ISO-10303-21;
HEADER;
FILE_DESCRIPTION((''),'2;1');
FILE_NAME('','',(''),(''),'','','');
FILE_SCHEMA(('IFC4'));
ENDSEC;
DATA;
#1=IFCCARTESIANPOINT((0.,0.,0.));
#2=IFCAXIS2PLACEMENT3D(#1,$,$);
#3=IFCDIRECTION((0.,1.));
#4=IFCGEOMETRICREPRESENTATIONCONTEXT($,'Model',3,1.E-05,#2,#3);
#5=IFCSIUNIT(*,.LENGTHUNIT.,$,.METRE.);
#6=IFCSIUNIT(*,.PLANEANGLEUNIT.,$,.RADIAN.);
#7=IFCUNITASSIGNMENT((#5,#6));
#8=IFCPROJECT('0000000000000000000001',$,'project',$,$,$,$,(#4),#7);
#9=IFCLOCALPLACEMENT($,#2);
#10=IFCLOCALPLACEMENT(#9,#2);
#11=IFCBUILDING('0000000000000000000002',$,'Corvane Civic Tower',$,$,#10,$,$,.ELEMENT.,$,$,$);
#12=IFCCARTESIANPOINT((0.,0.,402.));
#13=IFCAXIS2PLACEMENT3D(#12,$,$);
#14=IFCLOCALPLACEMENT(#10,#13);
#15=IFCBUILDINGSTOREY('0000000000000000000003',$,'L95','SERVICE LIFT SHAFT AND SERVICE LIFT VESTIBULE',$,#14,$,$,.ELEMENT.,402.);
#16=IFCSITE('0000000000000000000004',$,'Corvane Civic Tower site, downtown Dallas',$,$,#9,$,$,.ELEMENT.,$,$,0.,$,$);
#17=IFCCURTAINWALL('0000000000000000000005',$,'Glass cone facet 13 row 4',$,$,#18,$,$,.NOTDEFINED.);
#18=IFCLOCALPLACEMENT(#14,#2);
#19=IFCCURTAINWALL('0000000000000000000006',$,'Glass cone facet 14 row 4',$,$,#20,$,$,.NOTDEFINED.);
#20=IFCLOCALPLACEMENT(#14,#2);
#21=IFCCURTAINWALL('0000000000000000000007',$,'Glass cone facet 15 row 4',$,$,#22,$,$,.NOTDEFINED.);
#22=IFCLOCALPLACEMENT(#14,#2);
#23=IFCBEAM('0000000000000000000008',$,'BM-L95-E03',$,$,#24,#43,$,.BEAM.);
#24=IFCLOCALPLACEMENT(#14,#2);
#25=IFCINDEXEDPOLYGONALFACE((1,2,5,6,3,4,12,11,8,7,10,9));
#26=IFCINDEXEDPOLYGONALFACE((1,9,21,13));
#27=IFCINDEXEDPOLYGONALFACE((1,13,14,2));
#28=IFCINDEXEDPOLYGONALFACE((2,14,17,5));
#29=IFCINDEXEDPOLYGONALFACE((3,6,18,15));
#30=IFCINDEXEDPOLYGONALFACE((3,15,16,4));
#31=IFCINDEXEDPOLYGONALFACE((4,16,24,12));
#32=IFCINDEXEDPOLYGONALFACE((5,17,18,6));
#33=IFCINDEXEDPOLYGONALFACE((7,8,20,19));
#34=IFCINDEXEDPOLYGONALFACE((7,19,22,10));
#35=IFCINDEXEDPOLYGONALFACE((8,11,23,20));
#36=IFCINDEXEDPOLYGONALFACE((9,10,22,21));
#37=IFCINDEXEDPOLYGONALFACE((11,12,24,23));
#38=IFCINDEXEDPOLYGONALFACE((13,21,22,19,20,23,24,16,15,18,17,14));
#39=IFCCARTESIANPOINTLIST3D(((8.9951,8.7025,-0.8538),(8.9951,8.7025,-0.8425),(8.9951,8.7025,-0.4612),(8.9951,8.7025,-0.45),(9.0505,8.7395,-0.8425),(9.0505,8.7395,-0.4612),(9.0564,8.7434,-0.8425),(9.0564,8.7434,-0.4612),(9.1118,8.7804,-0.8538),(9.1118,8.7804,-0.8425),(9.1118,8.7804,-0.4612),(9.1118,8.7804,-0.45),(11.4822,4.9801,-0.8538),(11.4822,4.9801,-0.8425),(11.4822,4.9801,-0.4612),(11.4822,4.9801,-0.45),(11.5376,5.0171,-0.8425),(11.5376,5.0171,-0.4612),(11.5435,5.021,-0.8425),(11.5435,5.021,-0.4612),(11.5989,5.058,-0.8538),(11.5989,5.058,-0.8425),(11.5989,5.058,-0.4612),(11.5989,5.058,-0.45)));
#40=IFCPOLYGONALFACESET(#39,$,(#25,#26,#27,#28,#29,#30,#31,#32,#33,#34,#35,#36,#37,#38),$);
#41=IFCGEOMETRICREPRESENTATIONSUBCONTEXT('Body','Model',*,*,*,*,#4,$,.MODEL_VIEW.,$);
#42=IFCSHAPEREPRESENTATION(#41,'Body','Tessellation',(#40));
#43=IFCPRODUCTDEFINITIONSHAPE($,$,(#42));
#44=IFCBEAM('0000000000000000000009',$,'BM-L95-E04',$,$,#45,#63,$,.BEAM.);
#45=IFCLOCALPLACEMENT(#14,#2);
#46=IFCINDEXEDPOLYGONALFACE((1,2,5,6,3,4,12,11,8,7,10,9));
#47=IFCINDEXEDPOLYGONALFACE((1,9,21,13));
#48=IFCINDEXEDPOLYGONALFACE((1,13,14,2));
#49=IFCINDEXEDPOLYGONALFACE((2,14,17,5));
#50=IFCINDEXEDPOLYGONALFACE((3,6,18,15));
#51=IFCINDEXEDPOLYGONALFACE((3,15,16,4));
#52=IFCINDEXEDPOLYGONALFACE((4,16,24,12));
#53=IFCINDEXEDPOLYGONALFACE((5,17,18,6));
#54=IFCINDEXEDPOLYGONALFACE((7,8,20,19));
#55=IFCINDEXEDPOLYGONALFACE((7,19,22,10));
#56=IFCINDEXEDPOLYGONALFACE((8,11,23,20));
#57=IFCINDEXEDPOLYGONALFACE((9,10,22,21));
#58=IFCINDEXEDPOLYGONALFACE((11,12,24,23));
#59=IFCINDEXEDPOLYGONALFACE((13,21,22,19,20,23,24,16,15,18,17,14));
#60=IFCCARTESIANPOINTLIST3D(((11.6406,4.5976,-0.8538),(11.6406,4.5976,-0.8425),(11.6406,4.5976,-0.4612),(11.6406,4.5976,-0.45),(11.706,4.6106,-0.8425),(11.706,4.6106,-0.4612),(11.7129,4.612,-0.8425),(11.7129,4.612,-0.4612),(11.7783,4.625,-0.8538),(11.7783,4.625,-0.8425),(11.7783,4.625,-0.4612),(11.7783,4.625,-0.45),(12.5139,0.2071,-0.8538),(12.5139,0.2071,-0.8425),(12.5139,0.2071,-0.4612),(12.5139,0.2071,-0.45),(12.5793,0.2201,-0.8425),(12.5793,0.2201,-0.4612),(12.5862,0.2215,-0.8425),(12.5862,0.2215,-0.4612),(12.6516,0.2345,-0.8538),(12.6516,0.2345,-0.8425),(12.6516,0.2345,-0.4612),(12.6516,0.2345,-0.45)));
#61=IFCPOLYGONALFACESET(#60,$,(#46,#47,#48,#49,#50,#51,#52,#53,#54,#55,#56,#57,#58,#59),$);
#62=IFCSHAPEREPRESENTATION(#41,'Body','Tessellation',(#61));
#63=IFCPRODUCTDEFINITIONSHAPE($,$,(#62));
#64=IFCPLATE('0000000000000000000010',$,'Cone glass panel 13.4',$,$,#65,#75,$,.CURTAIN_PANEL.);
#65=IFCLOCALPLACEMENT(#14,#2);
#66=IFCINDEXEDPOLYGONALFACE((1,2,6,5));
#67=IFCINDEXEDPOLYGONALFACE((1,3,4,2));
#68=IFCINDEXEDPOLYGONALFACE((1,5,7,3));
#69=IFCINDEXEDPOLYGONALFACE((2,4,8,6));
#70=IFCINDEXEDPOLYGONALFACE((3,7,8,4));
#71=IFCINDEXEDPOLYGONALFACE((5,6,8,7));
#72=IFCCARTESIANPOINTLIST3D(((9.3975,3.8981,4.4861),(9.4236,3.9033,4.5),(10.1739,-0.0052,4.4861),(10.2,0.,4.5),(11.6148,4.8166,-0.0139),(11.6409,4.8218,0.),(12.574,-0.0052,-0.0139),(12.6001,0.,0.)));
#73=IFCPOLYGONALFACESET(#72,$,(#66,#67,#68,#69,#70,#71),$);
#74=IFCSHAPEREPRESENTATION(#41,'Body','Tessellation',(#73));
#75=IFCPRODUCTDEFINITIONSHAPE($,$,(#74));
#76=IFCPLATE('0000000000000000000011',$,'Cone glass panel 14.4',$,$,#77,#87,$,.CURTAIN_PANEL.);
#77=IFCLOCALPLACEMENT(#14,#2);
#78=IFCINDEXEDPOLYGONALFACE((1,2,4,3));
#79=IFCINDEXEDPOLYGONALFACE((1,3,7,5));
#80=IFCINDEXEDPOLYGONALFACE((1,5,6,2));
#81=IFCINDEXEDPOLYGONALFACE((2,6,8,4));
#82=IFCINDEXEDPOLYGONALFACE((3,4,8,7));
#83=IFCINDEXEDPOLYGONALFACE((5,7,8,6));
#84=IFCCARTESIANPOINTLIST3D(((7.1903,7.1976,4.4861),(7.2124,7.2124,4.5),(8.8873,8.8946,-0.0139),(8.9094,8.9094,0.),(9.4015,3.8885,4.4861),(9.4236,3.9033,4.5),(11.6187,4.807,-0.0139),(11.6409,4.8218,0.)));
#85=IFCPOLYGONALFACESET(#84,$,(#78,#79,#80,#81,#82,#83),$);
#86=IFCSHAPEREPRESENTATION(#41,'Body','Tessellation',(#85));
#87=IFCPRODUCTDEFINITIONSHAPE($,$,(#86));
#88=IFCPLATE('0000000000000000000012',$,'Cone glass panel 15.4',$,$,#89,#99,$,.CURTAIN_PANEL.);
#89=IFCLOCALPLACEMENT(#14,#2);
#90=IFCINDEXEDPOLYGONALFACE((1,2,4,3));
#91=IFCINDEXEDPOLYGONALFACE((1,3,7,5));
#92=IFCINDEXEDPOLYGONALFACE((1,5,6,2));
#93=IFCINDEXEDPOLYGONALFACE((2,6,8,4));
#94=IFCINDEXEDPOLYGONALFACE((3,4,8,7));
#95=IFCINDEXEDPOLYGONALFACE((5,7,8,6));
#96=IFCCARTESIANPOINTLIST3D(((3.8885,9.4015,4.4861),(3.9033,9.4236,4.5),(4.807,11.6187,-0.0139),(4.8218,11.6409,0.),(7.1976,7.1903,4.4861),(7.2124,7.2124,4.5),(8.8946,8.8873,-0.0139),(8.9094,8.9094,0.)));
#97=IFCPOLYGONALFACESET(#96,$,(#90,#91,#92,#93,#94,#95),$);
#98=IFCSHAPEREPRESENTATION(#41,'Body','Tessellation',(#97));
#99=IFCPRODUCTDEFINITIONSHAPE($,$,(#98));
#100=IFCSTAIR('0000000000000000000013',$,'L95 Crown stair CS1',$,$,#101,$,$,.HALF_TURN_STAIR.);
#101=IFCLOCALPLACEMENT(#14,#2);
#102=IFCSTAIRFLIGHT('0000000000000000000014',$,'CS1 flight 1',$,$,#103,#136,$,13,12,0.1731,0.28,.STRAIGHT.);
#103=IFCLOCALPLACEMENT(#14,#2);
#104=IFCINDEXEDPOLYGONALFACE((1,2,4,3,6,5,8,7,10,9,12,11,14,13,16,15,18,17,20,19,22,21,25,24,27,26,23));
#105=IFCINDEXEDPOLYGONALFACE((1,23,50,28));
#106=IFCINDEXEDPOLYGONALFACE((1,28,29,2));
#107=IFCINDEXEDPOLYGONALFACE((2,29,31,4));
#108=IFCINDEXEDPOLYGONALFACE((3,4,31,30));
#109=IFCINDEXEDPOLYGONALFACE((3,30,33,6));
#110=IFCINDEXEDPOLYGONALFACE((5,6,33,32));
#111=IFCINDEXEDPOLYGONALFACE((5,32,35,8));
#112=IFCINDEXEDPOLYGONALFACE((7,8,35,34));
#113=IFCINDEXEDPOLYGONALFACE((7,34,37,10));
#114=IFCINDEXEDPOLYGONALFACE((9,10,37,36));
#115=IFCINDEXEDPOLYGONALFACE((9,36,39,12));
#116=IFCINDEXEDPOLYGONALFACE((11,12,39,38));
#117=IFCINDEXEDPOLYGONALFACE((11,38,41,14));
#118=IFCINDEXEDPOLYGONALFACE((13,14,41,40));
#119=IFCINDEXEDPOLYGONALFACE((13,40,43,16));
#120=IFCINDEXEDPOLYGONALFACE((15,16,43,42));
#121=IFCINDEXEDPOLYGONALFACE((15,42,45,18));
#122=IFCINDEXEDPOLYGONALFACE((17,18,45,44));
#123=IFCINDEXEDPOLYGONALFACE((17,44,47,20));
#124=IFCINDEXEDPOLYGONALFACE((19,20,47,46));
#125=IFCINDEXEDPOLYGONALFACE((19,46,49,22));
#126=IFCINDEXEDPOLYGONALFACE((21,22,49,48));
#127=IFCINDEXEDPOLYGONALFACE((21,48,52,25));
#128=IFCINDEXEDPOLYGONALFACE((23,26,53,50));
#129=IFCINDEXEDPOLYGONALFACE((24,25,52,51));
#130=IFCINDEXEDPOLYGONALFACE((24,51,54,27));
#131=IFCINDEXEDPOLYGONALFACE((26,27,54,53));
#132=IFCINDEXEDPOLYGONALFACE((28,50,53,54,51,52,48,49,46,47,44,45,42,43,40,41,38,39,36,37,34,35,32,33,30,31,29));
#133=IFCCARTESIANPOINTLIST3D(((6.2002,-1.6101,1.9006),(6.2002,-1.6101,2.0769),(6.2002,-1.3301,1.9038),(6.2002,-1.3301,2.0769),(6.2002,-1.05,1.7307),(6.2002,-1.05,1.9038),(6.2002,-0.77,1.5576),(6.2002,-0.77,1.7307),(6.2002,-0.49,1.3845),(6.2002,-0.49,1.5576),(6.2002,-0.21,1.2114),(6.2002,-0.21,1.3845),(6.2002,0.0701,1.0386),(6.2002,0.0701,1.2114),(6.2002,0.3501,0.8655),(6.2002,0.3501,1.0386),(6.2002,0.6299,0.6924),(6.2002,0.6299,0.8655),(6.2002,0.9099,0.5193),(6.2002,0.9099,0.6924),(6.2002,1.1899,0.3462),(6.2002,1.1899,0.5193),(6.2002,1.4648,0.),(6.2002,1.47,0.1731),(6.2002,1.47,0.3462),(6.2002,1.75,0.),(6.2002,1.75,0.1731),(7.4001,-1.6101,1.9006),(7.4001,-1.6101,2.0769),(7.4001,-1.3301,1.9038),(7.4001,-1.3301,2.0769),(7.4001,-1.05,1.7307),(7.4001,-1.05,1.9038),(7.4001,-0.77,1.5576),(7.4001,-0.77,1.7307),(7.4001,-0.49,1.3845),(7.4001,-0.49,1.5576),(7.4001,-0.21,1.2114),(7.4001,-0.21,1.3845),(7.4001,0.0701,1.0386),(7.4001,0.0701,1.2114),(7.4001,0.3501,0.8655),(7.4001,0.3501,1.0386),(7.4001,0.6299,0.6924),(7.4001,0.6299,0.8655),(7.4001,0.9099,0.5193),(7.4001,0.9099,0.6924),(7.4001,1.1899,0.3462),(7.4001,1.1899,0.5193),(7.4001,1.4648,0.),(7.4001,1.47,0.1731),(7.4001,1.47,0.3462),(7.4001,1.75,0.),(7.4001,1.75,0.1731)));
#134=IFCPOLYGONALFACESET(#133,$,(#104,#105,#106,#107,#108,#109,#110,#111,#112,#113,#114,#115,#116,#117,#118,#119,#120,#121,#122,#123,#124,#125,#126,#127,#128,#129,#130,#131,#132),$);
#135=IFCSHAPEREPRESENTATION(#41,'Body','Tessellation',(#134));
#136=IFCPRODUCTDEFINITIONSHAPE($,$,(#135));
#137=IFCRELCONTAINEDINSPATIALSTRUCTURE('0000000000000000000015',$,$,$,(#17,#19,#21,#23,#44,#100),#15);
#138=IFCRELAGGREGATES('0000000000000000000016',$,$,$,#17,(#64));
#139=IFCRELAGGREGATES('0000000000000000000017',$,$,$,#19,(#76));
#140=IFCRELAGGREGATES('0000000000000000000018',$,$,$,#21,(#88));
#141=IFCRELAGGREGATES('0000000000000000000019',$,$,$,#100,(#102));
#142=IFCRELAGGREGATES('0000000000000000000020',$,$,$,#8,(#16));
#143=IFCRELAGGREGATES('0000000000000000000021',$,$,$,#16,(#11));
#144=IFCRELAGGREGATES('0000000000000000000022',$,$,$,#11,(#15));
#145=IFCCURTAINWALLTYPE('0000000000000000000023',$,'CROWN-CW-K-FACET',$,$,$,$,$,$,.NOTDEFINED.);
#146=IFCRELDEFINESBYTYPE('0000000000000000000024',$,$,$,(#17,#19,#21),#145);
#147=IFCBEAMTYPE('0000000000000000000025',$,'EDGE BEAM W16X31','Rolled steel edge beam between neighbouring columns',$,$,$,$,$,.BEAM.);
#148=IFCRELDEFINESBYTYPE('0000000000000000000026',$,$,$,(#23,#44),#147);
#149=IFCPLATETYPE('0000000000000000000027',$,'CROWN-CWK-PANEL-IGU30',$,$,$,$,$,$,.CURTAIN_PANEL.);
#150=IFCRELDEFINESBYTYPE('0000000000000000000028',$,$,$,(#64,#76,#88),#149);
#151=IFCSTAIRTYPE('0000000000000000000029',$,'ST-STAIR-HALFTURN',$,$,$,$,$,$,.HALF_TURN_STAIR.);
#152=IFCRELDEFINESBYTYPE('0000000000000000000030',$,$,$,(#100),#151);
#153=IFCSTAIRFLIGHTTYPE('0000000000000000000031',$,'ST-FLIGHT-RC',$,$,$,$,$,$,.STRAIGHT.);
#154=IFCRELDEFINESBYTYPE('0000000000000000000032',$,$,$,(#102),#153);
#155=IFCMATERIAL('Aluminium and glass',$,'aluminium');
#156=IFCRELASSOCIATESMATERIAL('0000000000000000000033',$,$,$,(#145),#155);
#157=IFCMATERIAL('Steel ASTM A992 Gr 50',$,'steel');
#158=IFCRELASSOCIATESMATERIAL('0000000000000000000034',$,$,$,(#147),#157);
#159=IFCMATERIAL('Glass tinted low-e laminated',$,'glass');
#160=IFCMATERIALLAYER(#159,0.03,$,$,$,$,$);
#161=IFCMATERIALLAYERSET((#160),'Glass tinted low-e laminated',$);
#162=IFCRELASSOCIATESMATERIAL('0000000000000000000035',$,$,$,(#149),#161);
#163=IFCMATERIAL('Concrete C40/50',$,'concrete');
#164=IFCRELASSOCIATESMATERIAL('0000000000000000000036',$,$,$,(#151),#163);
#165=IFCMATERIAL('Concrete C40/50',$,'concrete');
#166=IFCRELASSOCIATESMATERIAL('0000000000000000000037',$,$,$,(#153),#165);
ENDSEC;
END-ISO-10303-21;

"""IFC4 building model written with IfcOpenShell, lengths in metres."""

from ifc_helpers import new_model, si_unit, direction, frame, origin, origin_2d, place, context, subcontext, project, spatial, polyline, i_section, outline, extrude, material, layer, layer_set, material_profile, profile_set, type_object, element, aggregate, save


model = new_model("IFC4")

# Units and contexts
model_context = context("Model", 3, precision=1e-05, world=origin(), true_north=direction((0.0, 1.0)))
body_context = subcontext(model_context, "Body", "Model", "MODEL_VIEW")
ifc_project = project(units=[si_unit("LENGTHUNIT", "METRE"), si_unit("PLANEANGLEUNIT", "RADIAN")], contexts=[model_context])

# Site, building, storey
site_placement = place(None, origin())
site = spatial("IfcSite", under=ifc_project, at=site_placement, Name="Corvane Civic Tower site, downtown Dallas", CompositionType="ELEMENT", RefElevation=0.0)
building_placement = place(site_placement, origin())
building = spatial("IfcBuilding", under=site, at=building_placement, Name="Corvane Civic Tower", CompositionType="ELEMENT")
storey_placement = place(building_placement, frame((0.0, 0.0, 402.0)))
storey = spatial("IfcBuildingStorey", under=building, at=storey_placement, Name="L95", Description="SERVICE LIFT SHAFT AND SERVICE LIFT VESTIBULE", CompositionType="ELEMENT", Elevation=402.0)

# Curtain walls
ifc_material_1 = material(Name="Aluminium and glass", Category="aluminium")
curtain_wall_type = type_object("IfcCurtainWallType", Name="CROWN-CW-K-FACET", PredefinedType="NOTDEFINED", material=ifc_material_1)
curtain_wall_1_placement = place(storey_placement, origin())
curtain_wall_1 = element("IfcCurtainWall", 1, at=curtain_wall_1_placement, inside=storey, type_object=curtain_wall_type, Name="Glass cone facet 13 row 4", PredefinedType="NOTDEFINED")
curtain_wall_2_placement = place(storey_placement, origin())
curtain_wall_2 = element("IfcCurtainWall", 2, at=curtain_wall_2_placement, inside=storey, type_object=curtain_wall_type, Name="Glass cone facet 14 row 4", PredefinedType="NOTDEFINED")

# Curtain wall
curtain_wall_3_placement = place(storey_placement, origin())
curtain_wall_3 = element("IfcCurtainWall", 3, at=curtain_wall_3_placement, inside=storey, type_object=curtain_wall_type, Name="Glass cone facet 15 row 4", PredefinedType="NOTDEFINED")

# Beams
ifc_material_2 = material(Name="Steel ASTM A992 Gr 50", Category="steel")
ifc_material_profile_1 = material_profile(ifc_material_2, i_section(OverallWidth=0.1404, OverallDepth=0.4038, WebThickness=0.0071, FlangeThickness=0.0112, at=origin_2d()), Name="W16X31")
ifc_profile_set_1 = profile_set([ifc_material_profile_1], Name="Steel ASTM A992 Gr 50")
beam_type = type_object("IfcBeamType", Name="EDGE BEAM W16X31", Description="Rolled steel edge beam between neighbouring columns", PredefinedType="BEAM", material=ifc_profile_set_1)
beam_1_placement = place(storey_placement, frame((9.0535, 8.7415, -0.6519), z_axis=(0.555543, -0.831488, 0.0), x_axis=(0.831488, 0.555543, 0.0)))
element("IfcBeam", 4, at=beam_1_placement, inside=storey, type_object=beam_type, Name="BM-L95-E03", PredefinedType="BEAM", context=body_context, shape_type="SweptSolid", body=[
    extrude(i_section(OverallWidth=0.1404, OverallDepth=0.4038, WebThickness=0.0071, FlangeThickness=0.0112, at=origin_2d()), origin(), (0.0, 0.0, 1.0), 4.4768),
])
beam_2_placement = place(storey_placement, frame((11.7095, 4.6113, -0.6519), z_axis=(0.195078, -0.980788, 0.0), x_axis=(0.980788, 0.195078, 0.0)))
element("IfcBeam", 5, at=beam_2_placement, inside=storey, type_object=beam_type, Name="BM-L95-E04", PredefinedType="BEAM", context=body_context, shape_type="SweptSolid", body=[
    extrude(i_section(OverallWidth=0.1404, OverallDepth=0.4038, WebThickness=0.0071, FlangeThickness=0.0112, at=origin_2d()), origin(), (0.0, 0.0, 1.0), 4.4766),
])

# Plates
ifc_material_3 = material(Name="Glass tinted low-e laminated", Category="glass")
ifc_layer = layer(ifc_material_3, 0.03)
ifc_layer_set = layer_set([ifc_layer], Name="Glass tinted low-e laminated")
plate_type = type_object("IfcPlateType", Name="CROWN-CWK-PANEL-IGU30", PredefinedType="CURTAIN_PANEL", material=ifc_layer_set)
plate_1_placement = place(storey_placement, frame((12.6001, 0.0, 0.0), z_axis=(0.869063, 0.172874, 0.463513), x_axis=(-0.195101, 0.980783, 0.000007)))
plate_1 = element("IfcPlate", 6, at=plate_1_placement, type_object=plate_type, Name="Cone glass panel 13.4", PredefinedType="CURTAIN_PANEL", context=body_context, shape_type="SweptSolid", body=[
    extrude(outline(polyline([(0.0, 0.0), (4.9163, 0.0), (4.4481, 5.0785), (0.4683, 5.0785), (0.0, 0.0)])), origin(), (0.0, 0.0, -1.0), 0.03),
])
aggregate(curtain_wall_1, [plate_1])
plate_2_placement = place(storey_placement, frame((11.6409, 4.8218, 0.0), z_axis=(0.73675, 0.492309, 0.463499), x_axis=(-0.555593, 0.831454, 0.0)))
plate_2 = element("IfcPlate", 7, at=plate_2_placement, type_object=plate_type, Name="Cone glass panel 14.4", PredefinedType="CURTAIN_PANEL", context=body_context, shape_type="SweptSolid", body=[
    extrude(outline(polyline([(0.0, 0.0), (4.9163, 0.0), (4.4481, 5.0784), (0.4683, 5.0784), (0.0, 0.0)])), origin(), (0.0, 0.0, -1.0), 0.03),
])
aggregate(curtain_wall_2, [plate_2])
plate_3_placement = place(storey_placement, frame((8.9094, 8.9094, 0.0), z_axis=(0.492309, 0.73675, 0.463499), x_axis=(-0.831454, 0.555593, 0.0)))
plate_3 = element("IfcPlate", 8, at=plate_3_placement, type_object=plate_type, Name="Cone glass panel 15.4", PredefinedType="CURTAIN_PANEL", context=body_context, shape_type="SweptSolid", body=[
    extrude(outline(polyline([(0.0, 0.0), (4.9163, 0.0), (4.448, 5.0784), (0.4681, 5.0784), (0.0, 0.0)])), origin(), (0.0, 0.0, -1.0), 0.03),
])
aggregate(curtain_wall_3, [plate_3])

# Stair, stair flight
ifc_material_4 = material(Name="Concrete C40/50", Category="concrete")
stair_type = type_object("IfcStairType", Name="ST-STAIR-HALFTURN", PredefinedType="HALF_TURN_STAIR", material=ifc_material_4)
stair_placement = place(storey_placement, origin())
stair = element("IfcStair", 9, at=stair_placement, inside=storey, type_object=stair_type, Name="L95 Crown stair CS1", PredefinedType="HALF_TURN_STAIR")
ifc_material_5 = material(Name="Concrete C40/50", Category="concrete")
stair_flight_type = type_object("IfcStairFlightType", Name="ST-FLIGHT-RC", PredefinedType="STRAIGHT", material=ifc_material_5)
stair_flight_placement = place(storey_placement, frame((6.8, 1.75, 0.0), z_axis=(0.0, 0.0, 1.0), x_axis=(0.0, -1.0, 0.0)))
stair_flight = element("IfcStairFlight", 10, at=stair_flight_placement, type_object=stair_flight_type, Name="CS1 flight 1", NumberOfRisers=13, NumberOfTreads=12, PredefinedType="STRAIGHT", RiserHeight=0.1731, TreadLength=0.28, context=body_context, shape_type="SweptSolid", body=[
    extrude(outline(polyline([(0.0, 0.0), (0.0, 0.1731), (0.28, 0.1731), (0.28, 0.3462), (0.5601, 0.3462), (0.5601, 0.5193), (0.8401, 0.5193), (0.8401, 0.6924), (1.1201, 0.6924), (1.1201, 0.8655), (1.3999, 0.8655), (1.3999, 1.0386), (1.6799, 1.0386), (1.6799, 1.2114), (1.96, 1.2114), (1.96, 1.3845), (2.24, 1.3845), (2.24, 1.5576), (2.52, 1.5576), (2.52, 1.7307), (2.8, 1.7307), (2.8, 1.9038), (3.0801, 1.9038), (3.0801, 2.0769), (3.3601, 2.0769), (3.3601, 2.25), (3.3601, 1.9006), (0.2852, 0.0), (0.0, 0.0)])), frame((0.0, 0.6001, 0.0), z_axis=(0.0, -1.0, 0.0), x_axis=(1.0, 0.0, 0.0)), (0.0, 0.0, 1.0), 1.2),
])
aggregate(stair, [stair_flight])

save(model, "model.ifc")
